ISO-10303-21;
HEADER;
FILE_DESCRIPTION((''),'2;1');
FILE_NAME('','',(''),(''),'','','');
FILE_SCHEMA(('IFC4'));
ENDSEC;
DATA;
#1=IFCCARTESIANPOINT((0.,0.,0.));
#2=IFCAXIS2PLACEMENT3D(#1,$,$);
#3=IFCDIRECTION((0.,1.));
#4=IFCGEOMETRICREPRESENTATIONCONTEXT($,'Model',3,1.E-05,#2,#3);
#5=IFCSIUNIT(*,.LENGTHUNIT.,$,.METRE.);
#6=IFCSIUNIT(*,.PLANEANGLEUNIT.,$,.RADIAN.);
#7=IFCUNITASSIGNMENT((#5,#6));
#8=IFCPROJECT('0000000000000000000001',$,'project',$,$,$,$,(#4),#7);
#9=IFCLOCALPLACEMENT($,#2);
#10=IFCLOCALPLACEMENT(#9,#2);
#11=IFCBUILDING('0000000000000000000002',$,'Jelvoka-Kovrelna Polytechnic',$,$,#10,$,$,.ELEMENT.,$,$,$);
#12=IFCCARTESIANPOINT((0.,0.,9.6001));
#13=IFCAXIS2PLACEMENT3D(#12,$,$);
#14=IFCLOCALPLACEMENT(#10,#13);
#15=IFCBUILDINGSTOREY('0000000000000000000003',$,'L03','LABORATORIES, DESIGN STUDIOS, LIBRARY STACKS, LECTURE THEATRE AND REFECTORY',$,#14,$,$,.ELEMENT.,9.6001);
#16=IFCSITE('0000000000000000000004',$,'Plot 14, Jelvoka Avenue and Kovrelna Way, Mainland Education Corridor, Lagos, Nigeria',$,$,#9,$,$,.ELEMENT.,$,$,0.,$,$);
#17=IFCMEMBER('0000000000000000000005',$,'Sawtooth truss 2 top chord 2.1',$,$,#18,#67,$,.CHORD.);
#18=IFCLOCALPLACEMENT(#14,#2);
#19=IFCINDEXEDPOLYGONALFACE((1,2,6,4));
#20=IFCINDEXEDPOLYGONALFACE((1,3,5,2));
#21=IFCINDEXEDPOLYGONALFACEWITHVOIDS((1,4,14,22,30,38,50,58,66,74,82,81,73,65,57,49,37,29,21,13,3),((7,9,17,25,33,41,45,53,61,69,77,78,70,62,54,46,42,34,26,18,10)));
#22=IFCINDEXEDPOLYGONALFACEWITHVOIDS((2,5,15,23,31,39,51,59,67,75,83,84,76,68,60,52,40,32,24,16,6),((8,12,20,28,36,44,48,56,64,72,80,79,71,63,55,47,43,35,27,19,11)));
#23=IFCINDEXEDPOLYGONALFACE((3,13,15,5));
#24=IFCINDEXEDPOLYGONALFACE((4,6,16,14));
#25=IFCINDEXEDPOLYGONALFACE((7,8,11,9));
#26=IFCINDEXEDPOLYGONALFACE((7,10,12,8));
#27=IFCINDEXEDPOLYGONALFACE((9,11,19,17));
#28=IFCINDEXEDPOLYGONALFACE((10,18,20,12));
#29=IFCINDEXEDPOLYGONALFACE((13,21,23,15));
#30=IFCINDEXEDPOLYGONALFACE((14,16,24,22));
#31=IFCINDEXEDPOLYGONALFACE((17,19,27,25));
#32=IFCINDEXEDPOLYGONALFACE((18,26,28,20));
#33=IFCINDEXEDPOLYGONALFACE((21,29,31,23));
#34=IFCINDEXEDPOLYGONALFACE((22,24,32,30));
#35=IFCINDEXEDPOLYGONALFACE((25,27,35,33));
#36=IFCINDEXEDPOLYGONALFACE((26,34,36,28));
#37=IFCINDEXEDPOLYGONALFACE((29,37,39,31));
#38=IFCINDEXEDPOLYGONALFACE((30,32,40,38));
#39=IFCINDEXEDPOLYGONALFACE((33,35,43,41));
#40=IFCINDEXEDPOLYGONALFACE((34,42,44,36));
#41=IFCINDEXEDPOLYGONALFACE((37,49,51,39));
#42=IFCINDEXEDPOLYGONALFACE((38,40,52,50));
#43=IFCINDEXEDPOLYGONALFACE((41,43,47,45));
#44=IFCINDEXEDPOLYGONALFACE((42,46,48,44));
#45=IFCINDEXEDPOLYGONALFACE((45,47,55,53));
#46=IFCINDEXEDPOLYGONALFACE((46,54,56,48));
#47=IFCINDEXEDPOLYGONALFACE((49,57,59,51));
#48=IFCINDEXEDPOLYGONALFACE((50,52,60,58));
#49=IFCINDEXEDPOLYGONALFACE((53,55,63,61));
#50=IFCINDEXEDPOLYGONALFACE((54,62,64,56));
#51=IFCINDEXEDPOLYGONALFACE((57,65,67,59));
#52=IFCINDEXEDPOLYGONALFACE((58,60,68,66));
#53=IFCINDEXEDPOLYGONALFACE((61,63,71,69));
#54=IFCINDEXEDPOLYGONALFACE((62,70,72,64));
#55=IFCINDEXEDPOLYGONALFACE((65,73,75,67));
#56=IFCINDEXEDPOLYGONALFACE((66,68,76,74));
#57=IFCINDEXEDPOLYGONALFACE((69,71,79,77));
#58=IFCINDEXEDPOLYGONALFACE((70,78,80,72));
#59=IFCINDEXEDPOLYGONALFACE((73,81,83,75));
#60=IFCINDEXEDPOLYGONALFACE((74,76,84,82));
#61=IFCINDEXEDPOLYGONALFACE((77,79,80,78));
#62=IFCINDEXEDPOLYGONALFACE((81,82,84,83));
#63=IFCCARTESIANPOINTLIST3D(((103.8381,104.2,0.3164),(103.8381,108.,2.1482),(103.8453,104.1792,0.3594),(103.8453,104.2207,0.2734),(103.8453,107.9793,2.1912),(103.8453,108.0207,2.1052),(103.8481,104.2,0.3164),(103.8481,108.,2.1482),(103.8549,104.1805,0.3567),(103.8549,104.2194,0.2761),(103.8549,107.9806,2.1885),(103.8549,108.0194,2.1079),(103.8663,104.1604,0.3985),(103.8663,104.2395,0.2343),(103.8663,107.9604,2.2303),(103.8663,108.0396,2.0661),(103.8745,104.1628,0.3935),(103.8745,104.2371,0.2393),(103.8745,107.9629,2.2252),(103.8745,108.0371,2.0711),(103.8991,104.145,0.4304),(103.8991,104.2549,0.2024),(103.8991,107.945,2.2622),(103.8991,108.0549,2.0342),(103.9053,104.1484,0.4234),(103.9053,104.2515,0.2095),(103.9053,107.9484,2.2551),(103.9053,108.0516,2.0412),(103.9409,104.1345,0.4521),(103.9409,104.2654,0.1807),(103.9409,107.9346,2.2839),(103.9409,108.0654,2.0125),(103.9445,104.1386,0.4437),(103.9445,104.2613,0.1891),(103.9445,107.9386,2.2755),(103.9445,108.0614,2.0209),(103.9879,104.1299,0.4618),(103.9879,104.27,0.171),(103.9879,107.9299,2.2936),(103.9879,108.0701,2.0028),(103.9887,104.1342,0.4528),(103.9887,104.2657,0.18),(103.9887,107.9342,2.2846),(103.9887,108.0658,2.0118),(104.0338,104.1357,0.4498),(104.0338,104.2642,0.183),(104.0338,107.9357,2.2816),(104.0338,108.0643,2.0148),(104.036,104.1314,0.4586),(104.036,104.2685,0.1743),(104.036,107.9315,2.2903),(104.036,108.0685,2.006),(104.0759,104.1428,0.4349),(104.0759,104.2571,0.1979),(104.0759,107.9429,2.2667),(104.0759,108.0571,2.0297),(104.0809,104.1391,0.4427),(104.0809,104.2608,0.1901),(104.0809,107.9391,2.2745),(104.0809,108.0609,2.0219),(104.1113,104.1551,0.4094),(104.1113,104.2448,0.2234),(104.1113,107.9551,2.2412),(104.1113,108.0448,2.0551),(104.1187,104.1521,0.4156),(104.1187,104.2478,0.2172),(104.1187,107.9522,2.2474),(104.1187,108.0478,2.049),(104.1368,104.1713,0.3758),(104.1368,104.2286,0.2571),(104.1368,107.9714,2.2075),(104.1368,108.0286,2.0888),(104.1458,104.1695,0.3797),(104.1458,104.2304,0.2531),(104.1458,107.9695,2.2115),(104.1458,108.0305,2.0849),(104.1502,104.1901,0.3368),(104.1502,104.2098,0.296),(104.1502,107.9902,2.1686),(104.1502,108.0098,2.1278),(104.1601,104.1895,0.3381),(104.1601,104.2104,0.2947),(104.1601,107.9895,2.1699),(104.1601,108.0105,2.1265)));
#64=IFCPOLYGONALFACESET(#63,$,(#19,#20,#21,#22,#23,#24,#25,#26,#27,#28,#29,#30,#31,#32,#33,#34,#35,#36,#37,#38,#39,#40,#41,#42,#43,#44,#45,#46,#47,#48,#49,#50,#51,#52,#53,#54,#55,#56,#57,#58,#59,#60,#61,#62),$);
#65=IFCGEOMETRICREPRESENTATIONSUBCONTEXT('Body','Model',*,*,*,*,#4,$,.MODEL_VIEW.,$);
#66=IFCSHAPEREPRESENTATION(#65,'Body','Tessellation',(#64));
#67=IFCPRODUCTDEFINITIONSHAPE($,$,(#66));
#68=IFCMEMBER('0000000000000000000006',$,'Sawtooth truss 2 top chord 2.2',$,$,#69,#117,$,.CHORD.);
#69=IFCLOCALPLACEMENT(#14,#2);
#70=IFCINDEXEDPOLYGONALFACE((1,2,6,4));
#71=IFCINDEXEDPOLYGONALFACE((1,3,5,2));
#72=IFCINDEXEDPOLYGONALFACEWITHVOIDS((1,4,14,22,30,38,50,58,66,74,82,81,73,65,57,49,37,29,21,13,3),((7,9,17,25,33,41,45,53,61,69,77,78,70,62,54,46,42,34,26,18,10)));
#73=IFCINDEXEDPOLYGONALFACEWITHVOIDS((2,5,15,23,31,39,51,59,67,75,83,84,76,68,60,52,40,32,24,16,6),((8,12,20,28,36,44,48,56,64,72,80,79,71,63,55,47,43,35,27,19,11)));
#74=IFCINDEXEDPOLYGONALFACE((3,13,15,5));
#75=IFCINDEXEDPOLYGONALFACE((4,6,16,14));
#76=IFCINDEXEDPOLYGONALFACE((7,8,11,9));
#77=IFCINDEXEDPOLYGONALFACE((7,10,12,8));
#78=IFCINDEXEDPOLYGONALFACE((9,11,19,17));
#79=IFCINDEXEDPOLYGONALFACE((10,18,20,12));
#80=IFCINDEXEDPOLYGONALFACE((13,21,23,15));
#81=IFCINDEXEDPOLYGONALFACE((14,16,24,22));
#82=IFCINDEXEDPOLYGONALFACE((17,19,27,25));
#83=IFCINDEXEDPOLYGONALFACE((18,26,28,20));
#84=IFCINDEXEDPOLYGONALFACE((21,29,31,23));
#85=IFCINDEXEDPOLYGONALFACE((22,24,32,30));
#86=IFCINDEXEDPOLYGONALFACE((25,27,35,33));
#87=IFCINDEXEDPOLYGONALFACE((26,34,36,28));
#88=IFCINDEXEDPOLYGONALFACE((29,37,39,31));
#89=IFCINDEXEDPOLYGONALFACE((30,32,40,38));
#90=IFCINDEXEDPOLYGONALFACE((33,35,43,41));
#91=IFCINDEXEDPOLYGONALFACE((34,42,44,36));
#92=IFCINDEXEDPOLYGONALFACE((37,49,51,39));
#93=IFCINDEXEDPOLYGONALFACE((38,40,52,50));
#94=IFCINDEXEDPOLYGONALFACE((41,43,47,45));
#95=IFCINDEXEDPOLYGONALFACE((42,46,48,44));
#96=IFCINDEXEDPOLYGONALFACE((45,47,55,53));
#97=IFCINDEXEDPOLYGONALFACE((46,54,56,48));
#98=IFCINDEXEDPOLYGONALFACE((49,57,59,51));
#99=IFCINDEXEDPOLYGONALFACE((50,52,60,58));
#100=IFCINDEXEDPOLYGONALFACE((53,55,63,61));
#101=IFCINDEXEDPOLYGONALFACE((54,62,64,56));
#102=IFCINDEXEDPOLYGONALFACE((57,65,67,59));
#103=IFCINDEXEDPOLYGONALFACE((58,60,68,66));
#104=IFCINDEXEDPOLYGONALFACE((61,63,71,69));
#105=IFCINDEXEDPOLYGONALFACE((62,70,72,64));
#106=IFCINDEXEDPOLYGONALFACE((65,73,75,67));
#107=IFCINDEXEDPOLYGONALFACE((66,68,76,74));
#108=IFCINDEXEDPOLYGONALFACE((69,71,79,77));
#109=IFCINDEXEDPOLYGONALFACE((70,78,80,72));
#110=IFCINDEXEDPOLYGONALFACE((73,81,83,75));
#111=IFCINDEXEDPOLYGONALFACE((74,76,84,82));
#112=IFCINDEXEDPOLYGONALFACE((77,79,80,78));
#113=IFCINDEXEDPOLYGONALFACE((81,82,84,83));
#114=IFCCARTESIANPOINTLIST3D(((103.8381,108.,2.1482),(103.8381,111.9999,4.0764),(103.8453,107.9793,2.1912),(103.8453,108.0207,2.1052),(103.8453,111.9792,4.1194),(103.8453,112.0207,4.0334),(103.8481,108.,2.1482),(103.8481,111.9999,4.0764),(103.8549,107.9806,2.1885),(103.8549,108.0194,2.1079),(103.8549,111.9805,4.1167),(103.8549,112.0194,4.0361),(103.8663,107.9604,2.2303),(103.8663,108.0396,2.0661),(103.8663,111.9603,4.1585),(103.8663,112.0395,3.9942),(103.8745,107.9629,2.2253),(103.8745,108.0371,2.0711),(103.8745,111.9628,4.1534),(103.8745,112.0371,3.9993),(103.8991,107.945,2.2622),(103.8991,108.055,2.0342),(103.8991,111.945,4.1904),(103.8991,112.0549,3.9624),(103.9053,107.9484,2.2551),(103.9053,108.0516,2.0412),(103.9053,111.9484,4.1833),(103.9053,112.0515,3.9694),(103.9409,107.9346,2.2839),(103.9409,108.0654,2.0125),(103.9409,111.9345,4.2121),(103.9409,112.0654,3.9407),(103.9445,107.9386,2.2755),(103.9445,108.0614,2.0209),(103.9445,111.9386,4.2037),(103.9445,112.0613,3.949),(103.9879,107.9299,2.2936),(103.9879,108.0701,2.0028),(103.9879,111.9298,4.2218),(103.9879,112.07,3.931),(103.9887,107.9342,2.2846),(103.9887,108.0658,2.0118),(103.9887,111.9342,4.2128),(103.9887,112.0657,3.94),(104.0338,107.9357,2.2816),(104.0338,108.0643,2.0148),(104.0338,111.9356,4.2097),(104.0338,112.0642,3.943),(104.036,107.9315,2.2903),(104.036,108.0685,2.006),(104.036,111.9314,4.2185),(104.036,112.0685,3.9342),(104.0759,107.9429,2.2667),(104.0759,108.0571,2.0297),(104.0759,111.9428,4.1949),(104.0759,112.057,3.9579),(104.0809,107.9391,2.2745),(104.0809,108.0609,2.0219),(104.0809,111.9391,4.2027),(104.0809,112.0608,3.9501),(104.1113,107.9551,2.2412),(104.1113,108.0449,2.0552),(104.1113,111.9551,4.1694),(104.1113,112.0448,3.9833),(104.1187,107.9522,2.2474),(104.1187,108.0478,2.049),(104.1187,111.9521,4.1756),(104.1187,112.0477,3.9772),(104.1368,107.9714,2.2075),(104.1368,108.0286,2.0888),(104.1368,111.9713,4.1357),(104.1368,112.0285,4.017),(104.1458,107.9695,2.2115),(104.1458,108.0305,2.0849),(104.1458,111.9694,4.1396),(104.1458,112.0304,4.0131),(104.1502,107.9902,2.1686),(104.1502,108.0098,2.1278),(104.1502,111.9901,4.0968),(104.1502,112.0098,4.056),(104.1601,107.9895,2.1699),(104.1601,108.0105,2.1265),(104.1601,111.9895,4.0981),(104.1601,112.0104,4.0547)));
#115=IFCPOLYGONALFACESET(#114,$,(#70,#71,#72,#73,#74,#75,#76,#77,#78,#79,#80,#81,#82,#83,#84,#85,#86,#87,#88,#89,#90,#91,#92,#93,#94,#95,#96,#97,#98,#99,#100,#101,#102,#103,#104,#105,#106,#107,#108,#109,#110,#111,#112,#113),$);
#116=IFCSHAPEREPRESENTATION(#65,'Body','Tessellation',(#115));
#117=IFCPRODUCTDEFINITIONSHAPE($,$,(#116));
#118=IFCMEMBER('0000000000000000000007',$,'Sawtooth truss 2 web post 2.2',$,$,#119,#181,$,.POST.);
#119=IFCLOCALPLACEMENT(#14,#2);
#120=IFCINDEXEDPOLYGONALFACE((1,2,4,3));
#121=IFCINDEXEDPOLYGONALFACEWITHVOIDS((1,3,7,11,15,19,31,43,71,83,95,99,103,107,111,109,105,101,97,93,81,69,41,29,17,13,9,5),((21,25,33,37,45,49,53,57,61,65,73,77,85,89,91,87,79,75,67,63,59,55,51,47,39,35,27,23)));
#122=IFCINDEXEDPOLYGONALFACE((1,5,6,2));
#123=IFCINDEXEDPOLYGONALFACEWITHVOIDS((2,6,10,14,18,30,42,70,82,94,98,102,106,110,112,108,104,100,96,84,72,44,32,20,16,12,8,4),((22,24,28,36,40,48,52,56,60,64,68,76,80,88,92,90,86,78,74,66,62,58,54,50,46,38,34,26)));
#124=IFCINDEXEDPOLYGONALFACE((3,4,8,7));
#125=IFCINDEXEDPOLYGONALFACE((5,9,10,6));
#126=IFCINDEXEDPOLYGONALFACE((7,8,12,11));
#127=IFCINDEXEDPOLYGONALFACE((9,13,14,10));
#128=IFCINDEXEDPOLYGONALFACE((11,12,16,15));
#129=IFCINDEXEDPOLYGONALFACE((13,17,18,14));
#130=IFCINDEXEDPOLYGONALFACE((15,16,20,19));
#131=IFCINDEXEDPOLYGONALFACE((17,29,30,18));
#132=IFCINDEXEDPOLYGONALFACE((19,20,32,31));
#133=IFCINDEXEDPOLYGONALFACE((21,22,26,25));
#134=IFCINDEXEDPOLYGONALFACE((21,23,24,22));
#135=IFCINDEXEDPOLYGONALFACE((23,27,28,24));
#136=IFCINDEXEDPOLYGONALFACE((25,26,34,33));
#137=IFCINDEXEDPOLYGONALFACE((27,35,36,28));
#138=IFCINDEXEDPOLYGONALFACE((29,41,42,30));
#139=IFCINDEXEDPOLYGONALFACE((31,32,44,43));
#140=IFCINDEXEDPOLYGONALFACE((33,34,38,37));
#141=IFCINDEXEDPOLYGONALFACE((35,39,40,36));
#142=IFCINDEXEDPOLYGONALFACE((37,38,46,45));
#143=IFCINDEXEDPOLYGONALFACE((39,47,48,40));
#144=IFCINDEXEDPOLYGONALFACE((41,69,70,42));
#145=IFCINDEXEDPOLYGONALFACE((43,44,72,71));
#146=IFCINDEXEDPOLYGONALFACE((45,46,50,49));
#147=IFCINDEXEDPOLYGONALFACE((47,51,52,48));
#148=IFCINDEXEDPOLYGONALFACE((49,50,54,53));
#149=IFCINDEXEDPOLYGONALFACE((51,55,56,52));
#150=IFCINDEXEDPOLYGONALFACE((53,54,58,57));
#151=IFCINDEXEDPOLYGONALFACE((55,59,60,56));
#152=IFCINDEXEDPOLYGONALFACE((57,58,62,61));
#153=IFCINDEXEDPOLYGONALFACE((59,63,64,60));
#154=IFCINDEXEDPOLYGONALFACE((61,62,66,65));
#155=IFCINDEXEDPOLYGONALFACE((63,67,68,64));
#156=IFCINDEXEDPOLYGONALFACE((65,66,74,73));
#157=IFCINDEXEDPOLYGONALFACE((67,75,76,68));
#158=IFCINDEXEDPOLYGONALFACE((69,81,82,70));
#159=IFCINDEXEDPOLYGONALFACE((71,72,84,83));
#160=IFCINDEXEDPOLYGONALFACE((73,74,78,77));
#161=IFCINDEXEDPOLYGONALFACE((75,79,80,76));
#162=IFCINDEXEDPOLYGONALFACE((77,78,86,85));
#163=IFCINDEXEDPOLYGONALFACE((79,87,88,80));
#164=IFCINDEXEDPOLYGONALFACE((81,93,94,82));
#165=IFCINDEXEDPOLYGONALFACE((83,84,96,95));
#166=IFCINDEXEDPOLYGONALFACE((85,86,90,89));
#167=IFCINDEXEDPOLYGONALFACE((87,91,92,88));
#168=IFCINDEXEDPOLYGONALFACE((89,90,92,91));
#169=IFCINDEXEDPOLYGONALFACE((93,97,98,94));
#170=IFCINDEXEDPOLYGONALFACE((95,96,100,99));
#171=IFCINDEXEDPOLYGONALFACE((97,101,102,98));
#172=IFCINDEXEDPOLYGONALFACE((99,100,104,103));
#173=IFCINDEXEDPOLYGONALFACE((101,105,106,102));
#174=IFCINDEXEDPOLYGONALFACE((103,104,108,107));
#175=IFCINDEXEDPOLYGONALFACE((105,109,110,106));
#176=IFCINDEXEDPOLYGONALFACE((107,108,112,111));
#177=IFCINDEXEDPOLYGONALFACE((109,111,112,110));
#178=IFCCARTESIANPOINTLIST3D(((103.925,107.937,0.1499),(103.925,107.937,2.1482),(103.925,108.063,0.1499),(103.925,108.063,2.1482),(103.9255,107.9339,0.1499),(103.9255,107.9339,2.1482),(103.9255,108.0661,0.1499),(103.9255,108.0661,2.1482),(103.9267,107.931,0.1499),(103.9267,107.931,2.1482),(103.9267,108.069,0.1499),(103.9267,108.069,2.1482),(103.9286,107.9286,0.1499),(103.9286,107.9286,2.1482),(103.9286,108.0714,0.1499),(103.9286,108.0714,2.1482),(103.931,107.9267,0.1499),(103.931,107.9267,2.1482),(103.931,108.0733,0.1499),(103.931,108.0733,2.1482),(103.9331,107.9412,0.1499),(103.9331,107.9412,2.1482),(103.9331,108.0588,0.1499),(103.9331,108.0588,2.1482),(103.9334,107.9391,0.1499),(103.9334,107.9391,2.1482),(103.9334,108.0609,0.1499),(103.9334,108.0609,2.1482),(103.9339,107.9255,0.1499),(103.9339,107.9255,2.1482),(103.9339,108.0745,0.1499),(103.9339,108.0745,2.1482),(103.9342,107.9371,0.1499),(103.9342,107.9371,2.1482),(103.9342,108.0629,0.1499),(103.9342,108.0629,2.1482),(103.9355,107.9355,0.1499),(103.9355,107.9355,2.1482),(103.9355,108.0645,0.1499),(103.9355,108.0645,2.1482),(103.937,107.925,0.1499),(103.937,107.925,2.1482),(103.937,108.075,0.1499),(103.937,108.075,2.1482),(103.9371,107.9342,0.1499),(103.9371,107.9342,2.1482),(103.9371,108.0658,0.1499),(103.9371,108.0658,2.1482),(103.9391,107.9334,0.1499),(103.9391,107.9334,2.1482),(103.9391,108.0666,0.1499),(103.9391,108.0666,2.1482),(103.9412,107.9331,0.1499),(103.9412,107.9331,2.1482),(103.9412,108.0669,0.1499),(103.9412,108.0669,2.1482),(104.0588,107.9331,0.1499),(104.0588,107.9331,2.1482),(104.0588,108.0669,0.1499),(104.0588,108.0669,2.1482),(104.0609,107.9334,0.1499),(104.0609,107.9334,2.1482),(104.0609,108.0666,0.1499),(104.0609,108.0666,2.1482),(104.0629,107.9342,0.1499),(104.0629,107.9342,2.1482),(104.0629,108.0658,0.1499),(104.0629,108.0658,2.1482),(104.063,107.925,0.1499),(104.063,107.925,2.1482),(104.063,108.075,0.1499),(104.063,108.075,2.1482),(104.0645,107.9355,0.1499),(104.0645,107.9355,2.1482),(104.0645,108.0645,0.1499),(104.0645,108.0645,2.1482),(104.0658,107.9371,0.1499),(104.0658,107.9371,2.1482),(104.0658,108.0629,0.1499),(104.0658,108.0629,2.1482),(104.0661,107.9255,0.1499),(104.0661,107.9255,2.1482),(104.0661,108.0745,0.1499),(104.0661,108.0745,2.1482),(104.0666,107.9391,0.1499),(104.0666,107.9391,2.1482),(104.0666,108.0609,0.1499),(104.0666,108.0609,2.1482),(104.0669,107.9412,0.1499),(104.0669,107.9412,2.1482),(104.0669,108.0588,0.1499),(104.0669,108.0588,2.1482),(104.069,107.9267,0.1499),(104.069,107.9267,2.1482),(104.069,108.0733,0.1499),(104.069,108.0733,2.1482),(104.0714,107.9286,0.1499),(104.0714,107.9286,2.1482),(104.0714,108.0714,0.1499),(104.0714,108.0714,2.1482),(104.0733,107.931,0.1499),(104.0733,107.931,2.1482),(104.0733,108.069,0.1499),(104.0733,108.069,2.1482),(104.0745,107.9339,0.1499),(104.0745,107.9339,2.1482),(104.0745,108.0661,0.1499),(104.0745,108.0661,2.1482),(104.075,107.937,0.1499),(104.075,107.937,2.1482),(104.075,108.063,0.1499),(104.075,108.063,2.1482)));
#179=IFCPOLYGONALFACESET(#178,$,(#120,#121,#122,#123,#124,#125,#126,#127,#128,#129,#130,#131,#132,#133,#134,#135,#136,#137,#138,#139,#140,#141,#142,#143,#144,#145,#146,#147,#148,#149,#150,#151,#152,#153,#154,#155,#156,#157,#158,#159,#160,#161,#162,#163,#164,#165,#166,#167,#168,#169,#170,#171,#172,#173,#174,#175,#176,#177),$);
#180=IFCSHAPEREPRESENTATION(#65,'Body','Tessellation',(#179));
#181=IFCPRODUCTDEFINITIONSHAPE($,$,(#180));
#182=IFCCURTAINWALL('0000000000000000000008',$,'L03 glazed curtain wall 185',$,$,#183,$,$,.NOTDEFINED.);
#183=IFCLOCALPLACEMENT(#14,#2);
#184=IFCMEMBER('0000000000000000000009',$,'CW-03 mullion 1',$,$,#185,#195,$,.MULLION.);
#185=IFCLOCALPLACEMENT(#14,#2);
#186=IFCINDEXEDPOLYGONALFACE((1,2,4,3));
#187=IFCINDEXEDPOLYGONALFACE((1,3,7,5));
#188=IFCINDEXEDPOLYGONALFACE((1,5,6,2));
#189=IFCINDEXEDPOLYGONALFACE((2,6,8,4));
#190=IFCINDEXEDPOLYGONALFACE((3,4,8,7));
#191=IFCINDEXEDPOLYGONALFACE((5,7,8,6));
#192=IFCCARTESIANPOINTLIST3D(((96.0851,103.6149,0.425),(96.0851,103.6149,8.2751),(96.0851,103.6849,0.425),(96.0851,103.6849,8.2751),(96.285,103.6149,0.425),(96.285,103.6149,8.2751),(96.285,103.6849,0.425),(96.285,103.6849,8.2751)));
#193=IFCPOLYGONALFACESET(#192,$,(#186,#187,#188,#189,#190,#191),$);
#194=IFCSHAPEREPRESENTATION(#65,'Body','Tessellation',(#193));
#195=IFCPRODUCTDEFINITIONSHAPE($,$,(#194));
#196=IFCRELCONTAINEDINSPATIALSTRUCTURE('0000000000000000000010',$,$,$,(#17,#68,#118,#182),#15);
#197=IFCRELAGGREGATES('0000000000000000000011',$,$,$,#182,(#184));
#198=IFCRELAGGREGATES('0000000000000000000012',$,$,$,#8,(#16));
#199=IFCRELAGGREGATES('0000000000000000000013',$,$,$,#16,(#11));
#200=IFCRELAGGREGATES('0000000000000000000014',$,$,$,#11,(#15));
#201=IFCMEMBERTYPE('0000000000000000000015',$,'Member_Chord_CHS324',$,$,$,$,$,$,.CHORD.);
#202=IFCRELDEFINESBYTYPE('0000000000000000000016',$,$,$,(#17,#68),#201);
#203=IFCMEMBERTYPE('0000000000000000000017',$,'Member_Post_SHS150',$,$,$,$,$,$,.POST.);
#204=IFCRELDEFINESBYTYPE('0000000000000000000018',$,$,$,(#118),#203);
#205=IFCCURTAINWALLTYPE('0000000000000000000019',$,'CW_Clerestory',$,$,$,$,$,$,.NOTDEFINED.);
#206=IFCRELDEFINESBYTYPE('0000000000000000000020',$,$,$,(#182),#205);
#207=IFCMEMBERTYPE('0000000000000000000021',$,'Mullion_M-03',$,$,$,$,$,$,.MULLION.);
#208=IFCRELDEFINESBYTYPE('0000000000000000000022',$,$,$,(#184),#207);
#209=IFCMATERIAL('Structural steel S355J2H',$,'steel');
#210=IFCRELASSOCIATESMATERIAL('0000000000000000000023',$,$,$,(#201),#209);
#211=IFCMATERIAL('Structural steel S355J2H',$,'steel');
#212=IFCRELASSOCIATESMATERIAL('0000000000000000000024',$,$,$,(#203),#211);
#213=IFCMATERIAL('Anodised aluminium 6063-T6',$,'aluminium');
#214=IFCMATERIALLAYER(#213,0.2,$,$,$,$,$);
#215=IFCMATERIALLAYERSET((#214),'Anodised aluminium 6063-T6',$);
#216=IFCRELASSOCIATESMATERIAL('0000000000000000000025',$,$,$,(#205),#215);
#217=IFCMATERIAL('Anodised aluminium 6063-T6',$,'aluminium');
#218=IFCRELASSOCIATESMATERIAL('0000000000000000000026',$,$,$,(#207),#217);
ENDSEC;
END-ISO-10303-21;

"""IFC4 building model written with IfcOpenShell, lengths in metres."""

from ifc_helpers import new_model, si_unit, direction, frame, origin, origin_2d, place, context, subcontext, project, spatial, rectangle, hollow_rectangle, hollow_circle, extrude, material, layer, layer_set, material_profile, profile_set, type_object, element, aggregate, save


model = new_model("IFC4")

# Units and contexts
model_context = context("Model", 3, precision=1e-05, world=origin(), true_north=direction((0.0, 1.0)))
body_context = subcontext(model_context, "Body", "Model", "MODEL_VIEW")
ifc_project = project(units=[si_unit("LENGTHUNIT", "METRE"), si_unit("PLANEANGLEUNIT", "RADIAN")], contexts=[model_context])

# Site, building, storey
site_placement = place(None, origin())
site = spatial("IfcSite", under=ifc_project, at=site_placement, Name="Plot 14, Jelvoka Avenue and Kovrelna Way, Mainland Education Corridor, Lagos, Nigeria", CompositionType="ELEMENT", RefElevation=0.0)
building_placement = place(site_placement, origin())
building = spatial("IfcBuilding", under=site, at=building_placement, Name="Jelvoka-Kovrelna Polytechnic", CompositionType="ELEMENT")
storey_placement = place(building_placement, frame((0.0, 0.0, 9.6001)))
storey = spatial("IfcBuildingStorey", under=building, at=storey_placement, Name="L03", Description="LABORATORIES, DESIGN STUDIOS, LIBRARY STACKS, LECTURE THEATRE AND REFECTORY", CompositionType="ELEMENT", Elevation=9.6001)

# Members
ifc_material_1 = material(Name="Structural steel S355J2H", Category="steel")
ifc_material_profile_1 = material_profile(ifc_material_1, hollow_circle(Radius=0.1619, WallThickness=0.01, at=origin_2d()), Name="323.9x10.0 CHS")
ifc_profile_set_1 = profile_set([ifc_material_profile_1], Name="Structural steel S355J2H")
member_type_1 = type_object("IfcMemberType", Name="Member_Chord_CHS324", PredefinedType="CHORD", material=ifc_profile_set_1)
member_1_placement = place(storey_placement, frame((104.0, 104.2, 0.3164), z_axis=(0.0, 0.900804, 0.434226), x_axis=(-1.0, 0.0, 0.0)))
element("IfcMember", 1, at=member_1_placement, inside=storey, type_object=member_type_1, Name="Sawtooth truss 2 top chord 2.1", PredefinedType="CHORD", context=body_context, shape_type="SweptSolid", body=[
    extrude(hollow_circle(Radius=0.1619, WallThickness=0.01, at=origin_2d()), origin(), (0.0, 0.0, 1.0), 4.2185),
])
member_2_placement = place(storey_placement, frame((104.0, 108.0, 2.1482), z_axis=(0.0, 0.900799, 0.434235), x_axis=(-1.0, 0.0, 0.0)))
element("IfcMember", 2, at=member_2_placement, inside=storey, type_object=member_type_1, Name="Sawtooth truss 2 top chord 2.2", PredefinedType="CHORD", context=body_context, shape_type="SweptSolid", body=[
    extrude(hollow_circle(Radius=0.1619, WallThickness=0.01, at=origin_2d()), origin(), (0.0, 0.0, 1.0), 4.4404),
])
ifc_material_2 = material(Name="Structural steel S355J2H", Category="steel")
ifc_material_profile_2 = material_profile(ifc_material_2, hollow_rectangle(XDim=0.1499, YDim=0.1499, WallThickness=0.0081, InnerFilletRadius=0.0081, OuterFilletRadius=0.012, at=origin_2d()), Name="150x150x8.0 SHS")
ifc_profile_set_2 = profile_set([ifc_material_profile_2], Name="Structural steel S355J2H")
member_type_2 = type_object("IfcMemberType", Name="Member_Post_SHS150", PredefinedType="POST", material=ifc_profile_set_2)
member_3_placement = place(storey_placement, frame((104.0, 108.0, 0.1499), z_axis=(0.0, 0.0, 1.0), x_axis=(1.0, 0.0, 0.0)))
element("IfcMember", 3, at=member_3_placement, inside=storey, type_object=member_type_2, Name="Sawtooth truss 2 web post 2.2", PredefinedType="POST", context=body_context, shape_type="SweptSolid", body=[
    extrude(hollow_rectangle(XDim=0.1499, YDim=0.1499, WallThickness=0.0081, InnerFilletRadius=0.0081, OuterFilletRadius=0.012, at=origin_2d()), origin(), (0.0, 0.0, 1.0), 1.9983),
])

# Curtain wall, member
ifc_material_3 = material(Name="Anodised aluminium 6063-T6", Category="aluminium")
ifc_layer_1 = layer(ifc_material_3, 0.2)
ifc_layer_set_1 = layer_set([ifc_layer_1], Name="Anodised aluminium 6063-T6")
curtain_wall_type = type_object("IfcCurtainWallType", Name="CW_Clerestory", PredefinedType="NOTDEFINED", material=ifc_layer_set_1)
curtain_wall_placement = place(storey_placement, origin())
curtain_wall = element("IfcCurtainWall", 4, at=curtain_wall_placement, inside=storey, type_object=curtain_wall_type, Name="L03 glazed curtain wall 185", PredefinedType="NOTDEFINED")
ifc_material_4 = material(Name="Anodised aluminium 6063-T6", Category="aluminium")
ifc_material_profile_3 = material_profile(ifc_material_4, rectangle(XDim=0.0701, YDim=0.2, at=origin_2d()), Name="ALU 70x200")
ifc_profile_set_3 = profile_set([ifc_material_profile_3], Name="Anodised aluminium 6063-T6")
member_type_3 = type_object("IfcMemberType", Name="Mullion_M-03", PredefinedType="MULLION", material=ifc_profile_set_3)
member_4_placement = place(storey_placement, frame((96.1851, 103.6499, 0.425), z_axis=(0.0, 0.0, 1.0), x_axis=(0.0, 1.0, 0.0)))
member_4 = element("IfcMember", 5, at=member_4_placement, type_object=member_type_3, Name="CW-03 mullion 1", PredefinedType="MULLION", context=body_context, shape_type="SweptSolid", body=[
    extrude(rectangle(XDim=0.0701, YDim=0.2, at=origin_2d()), origin(), (0.0, 0.0, 1.0), 7.8501),
])

aggregate(curtain_wall, [member_4])

save(model, "model.ifc")
